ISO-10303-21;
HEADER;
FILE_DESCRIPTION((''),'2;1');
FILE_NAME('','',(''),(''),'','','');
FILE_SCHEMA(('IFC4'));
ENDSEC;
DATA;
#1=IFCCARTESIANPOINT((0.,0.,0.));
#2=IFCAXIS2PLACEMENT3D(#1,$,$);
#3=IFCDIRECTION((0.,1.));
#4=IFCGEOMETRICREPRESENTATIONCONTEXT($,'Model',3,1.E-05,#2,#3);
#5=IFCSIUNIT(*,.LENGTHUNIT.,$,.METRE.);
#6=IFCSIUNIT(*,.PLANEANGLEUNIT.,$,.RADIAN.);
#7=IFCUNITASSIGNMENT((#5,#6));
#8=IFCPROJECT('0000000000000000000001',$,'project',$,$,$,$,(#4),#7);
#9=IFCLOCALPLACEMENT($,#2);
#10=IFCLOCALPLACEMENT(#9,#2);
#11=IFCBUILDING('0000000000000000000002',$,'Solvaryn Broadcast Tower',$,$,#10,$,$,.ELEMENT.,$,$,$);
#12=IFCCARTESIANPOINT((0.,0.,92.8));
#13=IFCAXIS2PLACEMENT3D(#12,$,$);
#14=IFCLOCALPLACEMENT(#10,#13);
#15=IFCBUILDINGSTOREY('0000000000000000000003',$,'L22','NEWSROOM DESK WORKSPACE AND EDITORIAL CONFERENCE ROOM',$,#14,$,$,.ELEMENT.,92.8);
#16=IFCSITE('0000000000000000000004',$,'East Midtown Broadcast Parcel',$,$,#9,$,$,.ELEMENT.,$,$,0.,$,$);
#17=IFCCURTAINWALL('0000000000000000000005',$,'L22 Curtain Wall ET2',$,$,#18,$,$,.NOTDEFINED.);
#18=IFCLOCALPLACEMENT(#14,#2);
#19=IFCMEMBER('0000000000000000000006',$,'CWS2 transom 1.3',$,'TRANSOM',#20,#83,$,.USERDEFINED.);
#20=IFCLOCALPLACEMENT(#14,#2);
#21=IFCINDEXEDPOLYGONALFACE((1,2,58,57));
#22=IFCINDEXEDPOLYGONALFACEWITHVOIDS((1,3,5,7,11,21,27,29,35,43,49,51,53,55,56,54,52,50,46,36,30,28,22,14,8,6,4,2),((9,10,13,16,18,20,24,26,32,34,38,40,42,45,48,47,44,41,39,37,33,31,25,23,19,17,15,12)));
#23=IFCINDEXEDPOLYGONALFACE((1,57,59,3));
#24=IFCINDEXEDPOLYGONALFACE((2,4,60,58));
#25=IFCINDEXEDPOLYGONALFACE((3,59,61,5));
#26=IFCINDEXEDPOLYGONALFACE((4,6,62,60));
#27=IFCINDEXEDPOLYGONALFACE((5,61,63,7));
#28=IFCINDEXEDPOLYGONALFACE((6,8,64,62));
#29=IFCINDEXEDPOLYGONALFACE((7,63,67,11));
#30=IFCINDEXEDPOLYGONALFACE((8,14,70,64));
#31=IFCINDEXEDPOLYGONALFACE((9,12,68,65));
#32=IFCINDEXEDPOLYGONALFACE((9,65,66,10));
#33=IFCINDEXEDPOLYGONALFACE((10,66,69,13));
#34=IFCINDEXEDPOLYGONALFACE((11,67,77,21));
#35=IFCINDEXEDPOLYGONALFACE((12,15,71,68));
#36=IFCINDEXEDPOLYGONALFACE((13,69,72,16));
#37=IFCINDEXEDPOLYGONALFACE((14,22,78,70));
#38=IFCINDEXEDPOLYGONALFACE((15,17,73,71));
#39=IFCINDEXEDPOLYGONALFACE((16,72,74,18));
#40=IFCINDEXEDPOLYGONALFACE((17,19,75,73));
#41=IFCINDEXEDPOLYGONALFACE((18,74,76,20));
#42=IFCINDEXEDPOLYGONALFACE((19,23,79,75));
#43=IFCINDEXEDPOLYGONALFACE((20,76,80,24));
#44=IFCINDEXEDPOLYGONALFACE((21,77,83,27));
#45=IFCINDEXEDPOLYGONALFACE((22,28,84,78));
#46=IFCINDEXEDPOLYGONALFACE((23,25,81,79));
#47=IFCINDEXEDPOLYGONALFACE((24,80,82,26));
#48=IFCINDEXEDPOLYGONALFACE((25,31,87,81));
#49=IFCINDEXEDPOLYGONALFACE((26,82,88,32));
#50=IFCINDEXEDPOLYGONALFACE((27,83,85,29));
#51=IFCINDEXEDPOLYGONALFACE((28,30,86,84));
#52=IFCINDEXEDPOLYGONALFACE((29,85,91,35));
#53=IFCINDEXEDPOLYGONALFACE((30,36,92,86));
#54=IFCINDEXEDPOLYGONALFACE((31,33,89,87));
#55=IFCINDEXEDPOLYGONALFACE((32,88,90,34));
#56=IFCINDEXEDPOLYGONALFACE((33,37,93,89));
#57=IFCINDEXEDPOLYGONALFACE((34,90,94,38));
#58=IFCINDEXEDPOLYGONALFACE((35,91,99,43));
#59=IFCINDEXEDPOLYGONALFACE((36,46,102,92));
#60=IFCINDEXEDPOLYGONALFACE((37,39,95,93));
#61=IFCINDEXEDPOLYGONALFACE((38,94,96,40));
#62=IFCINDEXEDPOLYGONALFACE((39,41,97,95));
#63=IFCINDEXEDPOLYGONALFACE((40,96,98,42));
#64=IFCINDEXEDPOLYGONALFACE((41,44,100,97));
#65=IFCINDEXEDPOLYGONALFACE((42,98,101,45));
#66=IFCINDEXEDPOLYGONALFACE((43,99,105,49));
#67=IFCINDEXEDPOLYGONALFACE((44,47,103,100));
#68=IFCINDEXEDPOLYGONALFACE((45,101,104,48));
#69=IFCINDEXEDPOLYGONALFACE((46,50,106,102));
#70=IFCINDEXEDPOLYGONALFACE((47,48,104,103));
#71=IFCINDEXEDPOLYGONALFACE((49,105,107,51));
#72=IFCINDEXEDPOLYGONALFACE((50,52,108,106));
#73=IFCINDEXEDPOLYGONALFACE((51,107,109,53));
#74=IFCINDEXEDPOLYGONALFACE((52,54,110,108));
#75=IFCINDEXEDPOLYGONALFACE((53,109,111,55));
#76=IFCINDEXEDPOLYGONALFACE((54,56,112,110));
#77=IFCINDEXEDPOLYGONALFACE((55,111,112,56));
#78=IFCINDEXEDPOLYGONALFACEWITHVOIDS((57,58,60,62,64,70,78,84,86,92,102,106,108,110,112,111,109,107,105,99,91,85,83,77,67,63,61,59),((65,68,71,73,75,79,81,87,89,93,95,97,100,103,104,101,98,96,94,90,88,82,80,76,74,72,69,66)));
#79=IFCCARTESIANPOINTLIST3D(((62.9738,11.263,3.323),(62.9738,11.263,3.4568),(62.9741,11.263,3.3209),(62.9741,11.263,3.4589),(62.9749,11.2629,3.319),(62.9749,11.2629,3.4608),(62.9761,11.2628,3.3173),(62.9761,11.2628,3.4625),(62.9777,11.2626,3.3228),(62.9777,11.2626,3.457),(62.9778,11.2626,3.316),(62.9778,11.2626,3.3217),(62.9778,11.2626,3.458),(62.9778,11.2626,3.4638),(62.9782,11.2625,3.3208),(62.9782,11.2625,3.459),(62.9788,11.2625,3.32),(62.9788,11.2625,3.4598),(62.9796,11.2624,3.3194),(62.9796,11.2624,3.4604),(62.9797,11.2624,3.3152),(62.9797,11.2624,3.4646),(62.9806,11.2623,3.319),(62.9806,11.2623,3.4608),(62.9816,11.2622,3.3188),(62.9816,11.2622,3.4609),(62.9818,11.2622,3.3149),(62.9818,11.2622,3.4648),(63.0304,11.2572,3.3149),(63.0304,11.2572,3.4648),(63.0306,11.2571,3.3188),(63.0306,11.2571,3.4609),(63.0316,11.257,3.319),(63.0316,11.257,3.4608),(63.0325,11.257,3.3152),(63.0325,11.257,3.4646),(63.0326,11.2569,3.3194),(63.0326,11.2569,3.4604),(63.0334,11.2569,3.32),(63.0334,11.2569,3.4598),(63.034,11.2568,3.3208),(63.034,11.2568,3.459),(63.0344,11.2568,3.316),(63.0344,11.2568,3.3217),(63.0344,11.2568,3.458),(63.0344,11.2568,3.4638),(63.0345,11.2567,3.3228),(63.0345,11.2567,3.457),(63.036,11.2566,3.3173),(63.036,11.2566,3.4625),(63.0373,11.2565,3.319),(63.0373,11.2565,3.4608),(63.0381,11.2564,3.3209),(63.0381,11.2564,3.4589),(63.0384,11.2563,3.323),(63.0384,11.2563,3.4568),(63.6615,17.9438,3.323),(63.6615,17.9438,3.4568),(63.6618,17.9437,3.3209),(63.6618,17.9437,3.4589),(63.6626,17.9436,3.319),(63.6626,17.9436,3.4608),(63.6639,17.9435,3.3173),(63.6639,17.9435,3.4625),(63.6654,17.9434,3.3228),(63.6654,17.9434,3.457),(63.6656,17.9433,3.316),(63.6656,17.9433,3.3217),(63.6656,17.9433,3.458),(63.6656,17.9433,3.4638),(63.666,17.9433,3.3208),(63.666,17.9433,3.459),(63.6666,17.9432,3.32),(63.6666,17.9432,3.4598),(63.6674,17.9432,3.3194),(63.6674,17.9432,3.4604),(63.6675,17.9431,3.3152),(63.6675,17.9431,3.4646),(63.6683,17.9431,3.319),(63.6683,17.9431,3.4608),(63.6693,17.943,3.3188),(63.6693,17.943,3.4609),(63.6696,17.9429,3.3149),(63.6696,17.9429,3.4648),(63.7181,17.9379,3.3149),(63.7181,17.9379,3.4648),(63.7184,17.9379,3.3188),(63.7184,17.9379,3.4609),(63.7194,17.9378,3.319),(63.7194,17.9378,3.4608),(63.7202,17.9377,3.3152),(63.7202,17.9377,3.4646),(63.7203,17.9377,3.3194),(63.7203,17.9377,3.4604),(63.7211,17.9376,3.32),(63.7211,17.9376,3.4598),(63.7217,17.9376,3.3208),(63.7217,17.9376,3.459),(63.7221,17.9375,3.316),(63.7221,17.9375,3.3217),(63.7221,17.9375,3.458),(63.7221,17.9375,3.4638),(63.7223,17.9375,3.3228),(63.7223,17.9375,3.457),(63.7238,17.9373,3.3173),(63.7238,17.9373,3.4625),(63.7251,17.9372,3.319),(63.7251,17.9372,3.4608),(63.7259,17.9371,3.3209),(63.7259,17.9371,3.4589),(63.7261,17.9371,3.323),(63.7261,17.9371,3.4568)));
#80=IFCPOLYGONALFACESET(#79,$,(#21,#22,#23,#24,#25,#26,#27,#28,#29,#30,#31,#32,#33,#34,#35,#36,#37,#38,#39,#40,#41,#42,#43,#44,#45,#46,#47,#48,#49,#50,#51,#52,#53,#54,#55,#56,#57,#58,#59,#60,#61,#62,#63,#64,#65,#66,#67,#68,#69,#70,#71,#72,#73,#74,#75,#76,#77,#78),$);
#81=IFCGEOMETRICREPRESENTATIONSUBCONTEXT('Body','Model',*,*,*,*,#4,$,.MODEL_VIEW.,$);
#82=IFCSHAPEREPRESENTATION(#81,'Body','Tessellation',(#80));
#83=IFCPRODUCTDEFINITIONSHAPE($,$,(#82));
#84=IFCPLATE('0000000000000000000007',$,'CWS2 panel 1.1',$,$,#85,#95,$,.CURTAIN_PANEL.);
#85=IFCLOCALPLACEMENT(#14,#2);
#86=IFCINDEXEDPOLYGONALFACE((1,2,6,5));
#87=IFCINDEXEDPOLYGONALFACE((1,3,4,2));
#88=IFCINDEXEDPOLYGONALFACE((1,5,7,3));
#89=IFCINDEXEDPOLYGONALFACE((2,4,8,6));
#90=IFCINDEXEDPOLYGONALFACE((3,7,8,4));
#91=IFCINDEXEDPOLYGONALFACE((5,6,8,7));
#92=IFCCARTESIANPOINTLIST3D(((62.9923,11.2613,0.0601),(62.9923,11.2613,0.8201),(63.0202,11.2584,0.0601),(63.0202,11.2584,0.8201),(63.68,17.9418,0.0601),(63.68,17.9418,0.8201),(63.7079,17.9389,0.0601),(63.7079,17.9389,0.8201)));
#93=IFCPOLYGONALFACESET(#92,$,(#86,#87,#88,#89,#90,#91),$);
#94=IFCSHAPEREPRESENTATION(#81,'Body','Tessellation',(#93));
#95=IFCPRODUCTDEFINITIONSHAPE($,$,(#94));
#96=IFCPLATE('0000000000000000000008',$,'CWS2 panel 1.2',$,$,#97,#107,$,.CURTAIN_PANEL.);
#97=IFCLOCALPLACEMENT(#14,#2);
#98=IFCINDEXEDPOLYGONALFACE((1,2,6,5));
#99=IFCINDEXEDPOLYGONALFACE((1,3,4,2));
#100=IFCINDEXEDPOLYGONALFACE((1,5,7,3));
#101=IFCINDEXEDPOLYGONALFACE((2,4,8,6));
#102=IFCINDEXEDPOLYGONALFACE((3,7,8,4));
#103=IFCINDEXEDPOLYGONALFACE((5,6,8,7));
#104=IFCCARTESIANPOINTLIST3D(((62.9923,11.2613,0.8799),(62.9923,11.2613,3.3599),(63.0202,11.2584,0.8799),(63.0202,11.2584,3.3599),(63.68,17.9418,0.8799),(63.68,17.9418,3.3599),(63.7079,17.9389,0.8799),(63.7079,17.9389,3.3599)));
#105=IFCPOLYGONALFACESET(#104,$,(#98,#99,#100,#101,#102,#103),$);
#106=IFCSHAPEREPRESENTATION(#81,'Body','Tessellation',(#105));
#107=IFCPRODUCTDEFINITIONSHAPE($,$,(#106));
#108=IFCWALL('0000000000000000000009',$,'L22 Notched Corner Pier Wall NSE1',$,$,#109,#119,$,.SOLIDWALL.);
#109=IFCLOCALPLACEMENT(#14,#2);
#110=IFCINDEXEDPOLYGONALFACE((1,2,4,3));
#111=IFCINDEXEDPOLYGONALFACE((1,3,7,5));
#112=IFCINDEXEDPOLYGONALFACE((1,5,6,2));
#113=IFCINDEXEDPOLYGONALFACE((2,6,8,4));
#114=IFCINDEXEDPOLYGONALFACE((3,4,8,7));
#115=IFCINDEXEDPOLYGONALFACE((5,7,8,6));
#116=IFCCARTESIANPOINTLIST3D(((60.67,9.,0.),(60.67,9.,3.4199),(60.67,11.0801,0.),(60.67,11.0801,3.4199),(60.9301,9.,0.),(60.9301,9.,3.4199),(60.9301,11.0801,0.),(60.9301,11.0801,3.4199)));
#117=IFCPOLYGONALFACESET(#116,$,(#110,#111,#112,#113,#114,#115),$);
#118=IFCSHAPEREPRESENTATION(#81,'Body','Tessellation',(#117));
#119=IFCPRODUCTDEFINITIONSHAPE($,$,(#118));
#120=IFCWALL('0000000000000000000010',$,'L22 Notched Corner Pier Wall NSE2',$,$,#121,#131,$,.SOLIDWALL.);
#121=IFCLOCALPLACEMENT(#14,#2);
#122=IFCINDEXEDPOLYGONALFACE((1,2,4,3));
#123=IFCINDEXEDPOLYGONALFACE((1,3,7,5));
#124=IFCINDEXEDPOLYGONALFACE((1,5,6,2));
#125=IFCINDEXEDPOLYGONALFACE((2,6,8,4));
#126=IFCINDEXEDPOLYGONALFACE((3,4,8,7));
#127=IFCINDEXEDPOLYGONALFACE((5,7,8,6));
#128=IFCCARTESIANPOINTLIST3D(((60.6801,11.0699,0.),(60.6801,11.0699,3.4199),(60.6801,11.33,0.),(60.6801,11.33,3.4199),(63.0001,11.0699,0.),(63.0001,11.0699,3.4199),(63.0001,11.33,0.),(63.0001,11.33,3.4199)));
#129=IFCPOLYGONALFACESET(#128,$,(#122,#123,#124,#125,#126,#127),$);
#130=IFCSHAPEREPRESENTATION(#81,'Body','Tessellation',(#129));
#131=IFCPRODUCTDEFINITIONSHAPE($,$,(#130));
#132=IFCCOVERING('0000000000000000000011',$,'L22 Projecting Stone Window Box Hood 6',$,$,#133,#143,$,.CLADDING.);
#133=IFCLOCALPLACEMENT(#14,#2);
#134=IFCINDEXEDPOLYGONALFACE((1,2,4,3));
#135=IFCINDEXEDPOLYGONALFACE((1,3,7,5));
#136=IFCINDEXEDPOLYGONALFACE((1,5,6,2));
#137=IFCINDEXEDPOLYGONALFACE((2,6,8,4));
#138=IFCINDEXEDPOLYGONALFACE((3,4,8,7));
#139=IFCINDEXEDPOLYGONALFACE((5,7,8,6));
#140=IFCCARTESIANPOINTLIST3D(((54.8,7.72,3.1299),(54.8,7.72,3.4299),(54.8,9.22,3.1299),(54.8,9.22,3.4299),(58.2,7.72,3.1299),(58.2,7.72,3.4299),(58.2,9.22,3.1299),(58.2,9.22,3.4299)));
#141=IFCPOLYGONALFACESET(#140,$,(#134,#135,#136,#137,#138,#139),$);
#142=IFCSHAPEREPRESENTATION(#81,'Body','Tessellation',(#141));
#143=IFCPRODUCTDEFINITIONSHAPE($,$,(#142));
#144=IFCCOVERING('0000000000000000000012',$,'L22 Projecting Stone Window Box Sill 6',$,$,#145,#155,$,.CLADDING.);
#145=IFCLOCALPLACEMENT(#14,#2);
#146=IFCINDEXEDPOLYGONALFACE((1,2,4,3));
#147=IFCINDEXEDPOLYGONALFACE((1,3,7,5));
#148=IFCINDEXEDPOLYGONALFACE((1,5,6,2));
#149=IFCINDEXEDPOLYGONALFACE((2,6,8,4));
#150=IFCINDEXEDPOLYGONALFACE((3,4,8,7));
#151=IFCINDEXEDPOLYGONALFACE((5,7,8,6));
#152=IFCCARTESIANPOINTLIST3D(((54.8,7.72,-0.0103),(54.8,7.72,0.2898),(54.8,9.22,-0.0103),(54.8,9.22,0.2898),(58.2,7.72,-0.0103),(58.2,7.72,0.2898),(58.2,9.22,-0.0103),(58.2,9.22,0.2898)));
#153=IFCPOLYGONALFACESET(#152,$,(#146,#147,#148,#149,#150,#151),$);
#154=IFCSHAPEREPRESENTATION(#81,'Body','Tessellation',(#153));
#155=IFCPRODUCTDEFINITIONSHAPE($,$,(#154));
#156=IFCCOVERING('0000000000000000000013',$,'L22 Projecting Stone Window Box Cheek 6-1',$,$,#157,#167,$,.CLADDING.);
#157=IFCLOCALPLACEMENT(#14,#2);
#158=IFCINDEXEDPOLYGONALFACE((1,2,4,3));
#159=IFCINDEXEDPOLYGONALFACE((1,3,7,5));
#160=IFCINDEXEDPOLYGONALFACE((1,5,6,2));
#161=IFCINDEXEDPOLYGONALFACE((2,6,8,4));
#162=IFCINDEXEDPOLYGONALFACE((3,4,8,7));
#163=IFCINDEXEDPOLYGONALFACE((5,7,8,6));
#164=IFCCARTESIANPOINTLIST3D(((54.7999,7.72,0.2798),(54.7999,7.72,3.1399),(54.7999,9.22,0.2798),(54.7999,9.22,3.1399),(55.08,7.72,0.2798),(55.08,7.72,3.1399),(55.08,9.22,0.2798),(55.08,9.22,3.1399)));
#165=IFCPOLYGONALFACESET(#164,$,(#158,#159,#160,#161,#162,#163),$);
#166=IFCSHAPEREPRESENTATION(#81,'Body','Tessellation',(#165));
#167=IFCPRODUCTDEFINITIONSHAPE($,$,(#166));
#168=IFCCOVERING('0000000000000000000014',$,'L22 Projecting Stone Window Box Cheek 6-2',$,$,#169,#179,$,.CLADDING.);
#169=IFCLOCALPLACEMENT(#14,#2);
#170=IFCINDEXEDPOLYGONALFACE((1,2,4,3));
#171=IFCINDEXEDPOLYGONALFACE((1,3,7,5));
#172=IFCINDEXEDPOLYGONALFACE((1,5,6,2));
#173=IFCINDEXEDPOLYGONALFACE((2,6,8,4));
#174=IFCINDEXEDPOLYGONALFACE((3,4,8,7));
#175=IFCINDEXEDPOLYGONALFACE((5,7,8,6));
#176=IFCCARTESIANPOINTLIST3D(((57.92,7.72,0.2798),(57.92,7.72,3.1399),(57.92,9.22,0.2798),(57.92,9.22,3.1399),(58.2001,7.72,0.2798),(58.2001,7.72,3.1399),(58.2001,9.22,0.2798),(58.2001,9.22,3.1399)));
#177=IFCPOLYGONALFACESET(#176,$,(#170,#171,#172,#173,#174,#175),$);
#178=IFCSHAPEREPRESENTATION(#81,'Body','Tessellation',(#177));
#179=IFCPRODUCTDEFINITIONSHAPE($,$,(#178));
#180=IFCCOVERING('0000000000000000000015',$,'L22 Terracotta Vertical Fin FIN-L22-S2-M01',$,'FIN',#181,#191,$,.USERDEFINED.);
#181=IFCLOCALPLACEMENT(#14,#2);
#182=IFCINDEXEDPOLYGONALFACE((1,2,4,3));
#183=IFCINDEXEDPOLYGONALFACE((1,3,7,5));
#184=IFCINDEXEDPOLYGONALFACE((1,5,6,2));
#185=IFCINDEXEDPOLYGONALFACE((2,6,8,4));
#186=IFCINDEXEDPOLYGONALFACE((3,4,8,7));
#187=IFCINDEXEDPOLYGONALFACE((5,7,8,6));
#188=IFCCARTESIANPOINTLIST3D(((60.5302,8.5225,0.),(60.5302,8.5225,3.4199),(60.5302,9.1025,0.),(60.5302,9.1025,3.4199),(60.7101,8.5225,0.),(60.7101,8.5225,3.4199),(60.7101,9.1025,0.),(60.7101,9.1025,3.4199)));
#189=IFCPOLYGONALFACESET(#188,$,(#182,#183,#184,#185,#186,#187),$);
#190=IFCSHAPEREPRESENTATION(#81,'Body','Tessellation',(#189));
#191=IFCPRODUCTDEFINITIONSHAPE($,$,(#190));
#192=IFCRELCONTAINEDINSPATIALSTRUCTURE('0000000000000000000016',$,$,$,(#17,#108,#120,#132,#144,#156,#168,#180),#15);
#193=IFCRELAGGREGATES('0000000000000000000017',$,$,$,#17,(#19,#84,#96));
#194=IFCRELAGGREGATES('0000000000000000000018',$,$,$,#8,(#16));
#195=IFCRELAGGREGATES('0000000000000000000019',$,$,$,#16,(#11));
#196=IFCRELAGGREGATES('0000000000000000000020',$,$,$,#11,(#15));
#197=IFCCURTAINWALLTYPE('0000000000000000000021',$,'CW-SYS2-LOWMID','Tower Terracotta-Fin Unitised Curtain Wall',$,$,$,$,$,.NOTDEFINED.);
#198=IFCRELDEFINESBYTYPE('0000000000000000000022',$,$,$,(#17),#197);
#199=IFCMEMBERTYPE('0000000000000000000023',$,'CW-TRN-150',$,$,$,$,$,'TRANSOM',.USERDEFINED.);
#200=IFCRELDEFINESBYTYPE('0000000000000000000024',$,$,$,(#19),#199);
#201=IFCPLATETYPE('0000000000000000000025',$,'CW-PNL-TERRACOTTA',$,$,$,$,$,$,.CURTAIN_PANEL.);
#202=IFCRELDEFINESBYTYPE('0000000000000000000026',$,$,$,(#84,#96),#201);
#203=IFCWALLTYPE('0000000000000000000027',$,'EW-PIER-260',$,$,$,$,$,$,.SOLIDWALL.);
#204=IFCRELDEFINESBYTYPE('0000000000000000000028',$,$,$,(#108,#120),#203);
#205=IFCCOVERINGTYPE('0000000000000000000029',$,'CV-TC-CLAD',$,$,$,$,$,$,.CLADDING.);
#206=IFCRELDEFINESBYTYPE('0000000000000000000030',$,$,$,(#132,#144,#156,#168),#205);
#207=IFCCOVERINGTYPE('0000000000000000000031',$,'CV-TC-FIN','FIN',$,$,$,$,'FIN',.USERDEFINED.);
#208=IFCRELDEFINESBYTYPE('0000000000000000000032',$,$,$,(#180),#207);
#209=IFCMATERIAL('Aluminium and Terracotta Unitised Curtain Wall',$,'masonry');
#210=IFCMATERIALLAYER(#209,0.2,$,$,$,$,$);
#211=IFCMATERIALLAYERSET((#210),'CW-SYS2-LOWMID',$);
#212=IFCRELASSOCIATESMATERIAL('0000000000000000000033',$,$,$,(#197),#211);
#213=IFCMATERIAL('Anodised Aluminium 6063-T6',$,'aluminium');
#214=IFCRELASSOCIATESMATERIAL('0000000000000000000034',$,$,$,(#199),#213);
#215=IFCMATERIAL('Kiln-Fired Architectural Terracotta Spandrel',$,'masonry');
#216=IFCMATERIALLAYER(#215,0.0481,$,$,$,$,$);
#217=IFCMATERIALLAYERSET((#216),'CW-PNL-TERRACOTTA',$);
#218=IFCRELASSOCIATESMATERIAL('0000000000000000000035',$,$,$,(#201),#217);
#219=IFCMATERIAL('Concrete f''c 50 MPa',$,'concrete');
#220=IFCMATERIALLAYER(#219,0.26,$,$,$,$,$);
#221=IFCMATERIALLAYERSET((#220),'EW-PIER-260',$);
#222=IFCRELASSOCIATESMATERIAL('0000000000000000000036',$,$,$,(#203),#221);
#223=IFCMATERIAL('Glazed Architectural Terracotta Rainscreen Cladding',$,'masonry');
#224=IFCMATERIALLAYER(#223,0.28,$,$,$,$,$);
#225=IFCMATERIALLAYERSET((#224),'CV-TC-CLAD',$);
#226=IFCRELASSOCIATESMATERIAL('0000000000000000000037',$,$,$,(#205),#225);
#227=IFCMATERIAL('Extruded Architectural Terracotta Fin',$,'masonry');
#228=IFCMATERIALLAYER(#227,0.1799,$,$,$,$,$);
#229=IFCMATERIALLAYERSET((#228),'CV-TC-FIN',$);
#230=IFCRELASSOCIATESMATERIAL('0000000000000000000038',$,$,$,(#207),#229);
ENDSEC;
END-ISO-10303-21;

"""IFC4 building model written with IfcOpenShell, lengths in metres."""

from ifc_helpers import new_model, si_unit, direction, frame, frame_2d, origin, origin_2d, place, context, subcontext, project, spatial, rectangle, hollow_rectangle, extrude, material, layer, layer_set, material_profile, profile_set, type_object, element, aggregate, save


model = new_model("IFC4")

# Units and contexts
model_context = context("Model", 3, precision=1e-05, world=origin(), true_north=direction((0.0, 1.0)))
body_context = subcontext(model_context, "Body", "Model", "MODEL_VIEW")
ifc_project = project(units=[si_unit("LENGTHUNIT", "METRE"), si_unit("PLANEANGLEUNIT", "RADIAN")], contexts=[model_context])

# Site, building, storey
site_placement = place(None, origin())
site = spatial("IfcSite", under=ifc_project, at=site_placement, Name="East Midtown Broadcast Parcel", CompositionType="ELEMENT", RefElevation=0.0)
building_placement = place(site_placement, origin())
building = spatial("IfcBuilding", under=site, at=building_placement, Name="Solvaryn Broadcast Tower", CompositionType="ELEMENT")
storey_placement = place(building_placement, frame((0.0, 0.0, 92.8)))
storey = spatial("IfcBuildingStorey", under=building, at=storey_placement, Name="L22", Description="NEWSROOM DESK WORKSPACE AND EDITORIAL CONFERENCE ROOM", CompositionType="ELEMENT", Elevation=92.8)

# Shared definitions
ifc_material_1 = material(Name="Aluminium and Terracotta Unitised Curtain Wall", Category="masonry")
ifc_layer_1 = layer(ifc_material_1, 0.2)
ifc_layer_set_1 = layer_set([ifc_layer_1], Name="CW-SYS2-LOWMID")
curtain_wall_type = type_object("IfcCurtainWallType", Name="CW-SYS2-LOWMID", Description="Tower Terracotta-Fin Unitised Curtain Wall", PredefinedType="NOTDEFINED", material=ifc_layer_set_1)

# Curtain wall, member, plates
curtain_wall_1_placement = place(storey_placement, origin())
curtain_wall_1 = element("IfcCurtainWall", 1, at=curtain_wall_1_placement, inside=storey, type_object=curtain_wall_type, Name="L22 Curtain Wall ET2", PredefinedType="NOTDEFINED")
ifc_material_2 = material(Name="Anodised Aluminium 6063-T6", Category="aluminium")
ifc_material_profile_1 = material_profile(ifc_material_2, hollow_rectangle(XDim=0.0649, YDim=0.1499, WallThickness=0.0039, InnerFilletRadius=0.0039, OuterFilletRadius=0.0081, at=origin_2d()))
ifc_profile_set_1 = profile_set([ifc_material_profile_1], Name="Anodised Aluminium 6063-T6")
member_type_1 = type_object("IfcMemberType", Name="CW-TRN-150", ElementType="TRANSOM", PredefinedType="USERDEFINED", material=ifc_profile_set_1)
member_1_placement = place(storey_placement, frame((63.6938, 17.9404, 3.3899), z_axis=(-0.102404, -0.994743, 0.0), x_axis=(0.994743, -0.102404, 0.0)))
member_1 = element("IfcMember", 2, at=member_1_placement, type_object=member_type_1, Name="CWS2 transom 1.3", ObjectType="TRANSOM", PredefinedType="USERDEFINED", context=body_context, shape_type="SweptSolid", body=[
    extrude(hollow_rectangle(XDim=0.0649, YDim=0.1499, WallThickness=0.0039, InnerFilletRadius=0.0039, OuterFilletRadius=0.0081, at=origin_2d()), origin(), (0.0, 0.0, 1.0), 6.7161),
])
ifc_material_3 = material(Name="Kiln-Fired Architectural Terracotta Spandrel", Category="masonry")
ifc_layer_2 = layer(ifc_material_3, 0.0481)
ifc_layer_set_2 = layer_set([ifc_layer_2], Name="CW-PNL-TERRACOTTA")
plate_type = type_object("IfcPlateType", Name="CW-PNL-TERRACOTTA", PredefinedType="CURTAIN_PANEL", material=ifc_layer_set_2)
plate_1_placement = place(storey_placement, frame((63.3501, 14.6001, 0.0601), z_axis=(0.0, 0.0, 1.0), x_axis=(-0.1024, -0.994743, 0.0)))
plate_1 = element("IfcPlate", 3, at=plate_1_placement, type_object=plate_type, Name="CWS2 panel 1.1", PredefinedType="CURTAIN_PANEL", context=body_context, shape_type="SweptSolid", body=[
    extrude(rectangle(XDim=6.7158, YDim=0.0281, at=origin_2d()), origin(), (0.0, 0.0, 1.0), 0.76),
])
plate_2_placement = place(storey_placement, frame((63.3501, 14.6001, 0.8799), z_axis=(0.0, 0.0, 1.0), x_axis=(-0.1024, -0.994743, 0.0)))
plate_2 = element("IfcPlate", 4, at=plate_2_placement, type_object=plate_type, Name="CWS2 panel 1.2", PredefinedType="CURTAIN_PANEL", context=body_context, shape_type="SweptSolid", body=[
    extrude(rectangle(XDim=6.7158, YDim=0.0281, at=origin_2d()), origin(), (0.0, 0.0, 1.0), 2.48),
])
aggregate(curtain_wall_1, [member_1, plate_1, plate_2])

# Walls
ifc_material_4 = material(Name="Concrete f'c 50 MPa", Category="concrete")
ifc_layer_3 = layer(ifc_material_4, 0.26)
ifc_layer_set_3 = layer_set([ifc_layer_3], Name="EW-PIER-260")
wall_type = type_object("IfcWallType", Name="EW-PIER-260", PredefinedType="SOLIDWALL", material=ifc_layer_set_3)
wall_1_placement = place(storey_placement, frame((60.8, 9.0, 0.0), z_axis=(0.0, 0.0, 1.0), x_axis=(0.0, 1.0, 0.0)))
element("IfcWall", 5, at=wall_1_placement, inside=storey, type_object=wall_type, Name="L22 Notched Corner Pier Wall NSE1", PredefinedType="SOLIDWALL", context=body_context, shape_type="SweptSolid", body=[
    extrude(rectangle(XDim=2.0801, YDim=0.26, at=frame_2d((1.04, 0.0))), origin(), (0.0, 0.0, 1.0), 3.4199),
])
wall_2_placement = place(storey_placement, frame((60.6799, 11.2, 0.0), z_axis=(0.0, 0.0, 1.0), x_axis=(1.0, 0.0, 0.0)))
element("IfcWall", 6, at=wall_2_placement, inside=storey, type_object=wall_type, Name="L22 Notched Corner Pier Wall NSE2", PredefinedType="SOLIDWALL", context=body_context, shape_type="SweptSolid", body=[
    extrude(rectangle(XDim=2.3201, YDim=0.26, at=frame_2d((1.1602, 0.0))), origin(), (0.0, 0.0, 1.0), 3.4199),
])

# Coverings
ifc_material_5 = material(Name="Glazed Architectural Terracotta Rainscreen Cladding", Category="masonry")
ifc_layer_4 = layer(ifc_material_5, 0.28)
ifc_layer_set_4 = layer_set([ifc_layer_4], Name="CV-TC-CLAD")
covering_type_1 = type_object("IfcCoveringType", Name="CV-TC-CLAD", PredefinedType="CLADDING", material=ifc_layer_set_4)
for number, where, z_axis, x_axis, name in (
    (7, (56.5, 8.47, 3.1299), (0.0, 0.0, 1.0), (1.0, 0.0, 0.0), "L22 Projecting Stone Window Box Hood 6"),
    (8, (56.5, 8.47, -0.0103), (0.0, 0.0, 1.0), (1.0, 0.0, 0.0), "L22 Projecting Stone Window Box Sill 6"),
):
    element("IfcCovering", number, at=place(storey_placement, frame(where, z_axis=z_axis, x_axis=x_axis)), inside=storey, type_object=covering_type_1, Name=name, PredefinedType="CLADDING", context=body_context, shape_type="SweptSolid", body=[
        extrude(rectangle(XDim=3.3999, YDim=1.5, at=origin_2d()), origin(), (0.0, 0.0, 1.0), 0.3),
    ])
for number, where, z_axis, x_axis, name in (
    (9, (54.9399, 8.47, 0.2798), (0.0, 0.0, 1.0), (1.0, 0.0, 0.0), "L22 Projecting Stone Window Box Cheek 6-1"),
    (10, (58.0601, 8.47, 0.2798), (0.0, 0.0, 1.0), (1.0, 0.0, 0.0), "L22 Projecting Stone Window Box Cheek 6-2"),
):
    element("IfcCovering", number, at=place(storey_placement, frame(where, z_axis=z_axis, x_axis=x_axis)), inside=storey, type_object=covering_type_1, Name=name, PredefinedType="CLADDING", context=body_context, shape_type="SweptSolid", body=[
        extrude(rectangle(XDim=0.28, YDim=1.5, at=origin_2d()), origin(), (0.0, 0.0, 1.0), 2.8601),
    ])
ifc_material_6 = material(Name="Extruded Architectural Terracotta Fin", Category="masonry")
ifc_layer_5 = layer(ifc_material_6, 0.1799)
ifc_layer_set_5 = layer_set([ifc_layer_5], Name="CV-TC-FIN")
covering_type_2 = type_object("IfcCoveringType", Name="CV-TC-FIN", Description="FIN", ElementType="FIN", PredefinedType="USERDEFINED", material=ifc_layer_set_5)
covering_placement = place(storey_placement, frame((60.6201, 8.8125, 0.0), z_axis=(0.0, 0.0, 1.0), x_axis=(1.0, 0.0, 0.0)))
element("IfcCovering", 11, at=covering_placement, inside=storey, type_object=covering_type_2, Name="L22 Terracotta Vertical Fin FIN-L22-S2-M01", ObjectType="FIN", PredefinedType="USERDEFINED", context=body_context, shape_type="SweptSolid", body=[
    extrude(rectangle(XDim=0.1799, YDim=0.5801, at=origin_2d()), origin(), (0.0, 0.0, 1.0), 3.4199),
])

save(model, "model.ifc")
